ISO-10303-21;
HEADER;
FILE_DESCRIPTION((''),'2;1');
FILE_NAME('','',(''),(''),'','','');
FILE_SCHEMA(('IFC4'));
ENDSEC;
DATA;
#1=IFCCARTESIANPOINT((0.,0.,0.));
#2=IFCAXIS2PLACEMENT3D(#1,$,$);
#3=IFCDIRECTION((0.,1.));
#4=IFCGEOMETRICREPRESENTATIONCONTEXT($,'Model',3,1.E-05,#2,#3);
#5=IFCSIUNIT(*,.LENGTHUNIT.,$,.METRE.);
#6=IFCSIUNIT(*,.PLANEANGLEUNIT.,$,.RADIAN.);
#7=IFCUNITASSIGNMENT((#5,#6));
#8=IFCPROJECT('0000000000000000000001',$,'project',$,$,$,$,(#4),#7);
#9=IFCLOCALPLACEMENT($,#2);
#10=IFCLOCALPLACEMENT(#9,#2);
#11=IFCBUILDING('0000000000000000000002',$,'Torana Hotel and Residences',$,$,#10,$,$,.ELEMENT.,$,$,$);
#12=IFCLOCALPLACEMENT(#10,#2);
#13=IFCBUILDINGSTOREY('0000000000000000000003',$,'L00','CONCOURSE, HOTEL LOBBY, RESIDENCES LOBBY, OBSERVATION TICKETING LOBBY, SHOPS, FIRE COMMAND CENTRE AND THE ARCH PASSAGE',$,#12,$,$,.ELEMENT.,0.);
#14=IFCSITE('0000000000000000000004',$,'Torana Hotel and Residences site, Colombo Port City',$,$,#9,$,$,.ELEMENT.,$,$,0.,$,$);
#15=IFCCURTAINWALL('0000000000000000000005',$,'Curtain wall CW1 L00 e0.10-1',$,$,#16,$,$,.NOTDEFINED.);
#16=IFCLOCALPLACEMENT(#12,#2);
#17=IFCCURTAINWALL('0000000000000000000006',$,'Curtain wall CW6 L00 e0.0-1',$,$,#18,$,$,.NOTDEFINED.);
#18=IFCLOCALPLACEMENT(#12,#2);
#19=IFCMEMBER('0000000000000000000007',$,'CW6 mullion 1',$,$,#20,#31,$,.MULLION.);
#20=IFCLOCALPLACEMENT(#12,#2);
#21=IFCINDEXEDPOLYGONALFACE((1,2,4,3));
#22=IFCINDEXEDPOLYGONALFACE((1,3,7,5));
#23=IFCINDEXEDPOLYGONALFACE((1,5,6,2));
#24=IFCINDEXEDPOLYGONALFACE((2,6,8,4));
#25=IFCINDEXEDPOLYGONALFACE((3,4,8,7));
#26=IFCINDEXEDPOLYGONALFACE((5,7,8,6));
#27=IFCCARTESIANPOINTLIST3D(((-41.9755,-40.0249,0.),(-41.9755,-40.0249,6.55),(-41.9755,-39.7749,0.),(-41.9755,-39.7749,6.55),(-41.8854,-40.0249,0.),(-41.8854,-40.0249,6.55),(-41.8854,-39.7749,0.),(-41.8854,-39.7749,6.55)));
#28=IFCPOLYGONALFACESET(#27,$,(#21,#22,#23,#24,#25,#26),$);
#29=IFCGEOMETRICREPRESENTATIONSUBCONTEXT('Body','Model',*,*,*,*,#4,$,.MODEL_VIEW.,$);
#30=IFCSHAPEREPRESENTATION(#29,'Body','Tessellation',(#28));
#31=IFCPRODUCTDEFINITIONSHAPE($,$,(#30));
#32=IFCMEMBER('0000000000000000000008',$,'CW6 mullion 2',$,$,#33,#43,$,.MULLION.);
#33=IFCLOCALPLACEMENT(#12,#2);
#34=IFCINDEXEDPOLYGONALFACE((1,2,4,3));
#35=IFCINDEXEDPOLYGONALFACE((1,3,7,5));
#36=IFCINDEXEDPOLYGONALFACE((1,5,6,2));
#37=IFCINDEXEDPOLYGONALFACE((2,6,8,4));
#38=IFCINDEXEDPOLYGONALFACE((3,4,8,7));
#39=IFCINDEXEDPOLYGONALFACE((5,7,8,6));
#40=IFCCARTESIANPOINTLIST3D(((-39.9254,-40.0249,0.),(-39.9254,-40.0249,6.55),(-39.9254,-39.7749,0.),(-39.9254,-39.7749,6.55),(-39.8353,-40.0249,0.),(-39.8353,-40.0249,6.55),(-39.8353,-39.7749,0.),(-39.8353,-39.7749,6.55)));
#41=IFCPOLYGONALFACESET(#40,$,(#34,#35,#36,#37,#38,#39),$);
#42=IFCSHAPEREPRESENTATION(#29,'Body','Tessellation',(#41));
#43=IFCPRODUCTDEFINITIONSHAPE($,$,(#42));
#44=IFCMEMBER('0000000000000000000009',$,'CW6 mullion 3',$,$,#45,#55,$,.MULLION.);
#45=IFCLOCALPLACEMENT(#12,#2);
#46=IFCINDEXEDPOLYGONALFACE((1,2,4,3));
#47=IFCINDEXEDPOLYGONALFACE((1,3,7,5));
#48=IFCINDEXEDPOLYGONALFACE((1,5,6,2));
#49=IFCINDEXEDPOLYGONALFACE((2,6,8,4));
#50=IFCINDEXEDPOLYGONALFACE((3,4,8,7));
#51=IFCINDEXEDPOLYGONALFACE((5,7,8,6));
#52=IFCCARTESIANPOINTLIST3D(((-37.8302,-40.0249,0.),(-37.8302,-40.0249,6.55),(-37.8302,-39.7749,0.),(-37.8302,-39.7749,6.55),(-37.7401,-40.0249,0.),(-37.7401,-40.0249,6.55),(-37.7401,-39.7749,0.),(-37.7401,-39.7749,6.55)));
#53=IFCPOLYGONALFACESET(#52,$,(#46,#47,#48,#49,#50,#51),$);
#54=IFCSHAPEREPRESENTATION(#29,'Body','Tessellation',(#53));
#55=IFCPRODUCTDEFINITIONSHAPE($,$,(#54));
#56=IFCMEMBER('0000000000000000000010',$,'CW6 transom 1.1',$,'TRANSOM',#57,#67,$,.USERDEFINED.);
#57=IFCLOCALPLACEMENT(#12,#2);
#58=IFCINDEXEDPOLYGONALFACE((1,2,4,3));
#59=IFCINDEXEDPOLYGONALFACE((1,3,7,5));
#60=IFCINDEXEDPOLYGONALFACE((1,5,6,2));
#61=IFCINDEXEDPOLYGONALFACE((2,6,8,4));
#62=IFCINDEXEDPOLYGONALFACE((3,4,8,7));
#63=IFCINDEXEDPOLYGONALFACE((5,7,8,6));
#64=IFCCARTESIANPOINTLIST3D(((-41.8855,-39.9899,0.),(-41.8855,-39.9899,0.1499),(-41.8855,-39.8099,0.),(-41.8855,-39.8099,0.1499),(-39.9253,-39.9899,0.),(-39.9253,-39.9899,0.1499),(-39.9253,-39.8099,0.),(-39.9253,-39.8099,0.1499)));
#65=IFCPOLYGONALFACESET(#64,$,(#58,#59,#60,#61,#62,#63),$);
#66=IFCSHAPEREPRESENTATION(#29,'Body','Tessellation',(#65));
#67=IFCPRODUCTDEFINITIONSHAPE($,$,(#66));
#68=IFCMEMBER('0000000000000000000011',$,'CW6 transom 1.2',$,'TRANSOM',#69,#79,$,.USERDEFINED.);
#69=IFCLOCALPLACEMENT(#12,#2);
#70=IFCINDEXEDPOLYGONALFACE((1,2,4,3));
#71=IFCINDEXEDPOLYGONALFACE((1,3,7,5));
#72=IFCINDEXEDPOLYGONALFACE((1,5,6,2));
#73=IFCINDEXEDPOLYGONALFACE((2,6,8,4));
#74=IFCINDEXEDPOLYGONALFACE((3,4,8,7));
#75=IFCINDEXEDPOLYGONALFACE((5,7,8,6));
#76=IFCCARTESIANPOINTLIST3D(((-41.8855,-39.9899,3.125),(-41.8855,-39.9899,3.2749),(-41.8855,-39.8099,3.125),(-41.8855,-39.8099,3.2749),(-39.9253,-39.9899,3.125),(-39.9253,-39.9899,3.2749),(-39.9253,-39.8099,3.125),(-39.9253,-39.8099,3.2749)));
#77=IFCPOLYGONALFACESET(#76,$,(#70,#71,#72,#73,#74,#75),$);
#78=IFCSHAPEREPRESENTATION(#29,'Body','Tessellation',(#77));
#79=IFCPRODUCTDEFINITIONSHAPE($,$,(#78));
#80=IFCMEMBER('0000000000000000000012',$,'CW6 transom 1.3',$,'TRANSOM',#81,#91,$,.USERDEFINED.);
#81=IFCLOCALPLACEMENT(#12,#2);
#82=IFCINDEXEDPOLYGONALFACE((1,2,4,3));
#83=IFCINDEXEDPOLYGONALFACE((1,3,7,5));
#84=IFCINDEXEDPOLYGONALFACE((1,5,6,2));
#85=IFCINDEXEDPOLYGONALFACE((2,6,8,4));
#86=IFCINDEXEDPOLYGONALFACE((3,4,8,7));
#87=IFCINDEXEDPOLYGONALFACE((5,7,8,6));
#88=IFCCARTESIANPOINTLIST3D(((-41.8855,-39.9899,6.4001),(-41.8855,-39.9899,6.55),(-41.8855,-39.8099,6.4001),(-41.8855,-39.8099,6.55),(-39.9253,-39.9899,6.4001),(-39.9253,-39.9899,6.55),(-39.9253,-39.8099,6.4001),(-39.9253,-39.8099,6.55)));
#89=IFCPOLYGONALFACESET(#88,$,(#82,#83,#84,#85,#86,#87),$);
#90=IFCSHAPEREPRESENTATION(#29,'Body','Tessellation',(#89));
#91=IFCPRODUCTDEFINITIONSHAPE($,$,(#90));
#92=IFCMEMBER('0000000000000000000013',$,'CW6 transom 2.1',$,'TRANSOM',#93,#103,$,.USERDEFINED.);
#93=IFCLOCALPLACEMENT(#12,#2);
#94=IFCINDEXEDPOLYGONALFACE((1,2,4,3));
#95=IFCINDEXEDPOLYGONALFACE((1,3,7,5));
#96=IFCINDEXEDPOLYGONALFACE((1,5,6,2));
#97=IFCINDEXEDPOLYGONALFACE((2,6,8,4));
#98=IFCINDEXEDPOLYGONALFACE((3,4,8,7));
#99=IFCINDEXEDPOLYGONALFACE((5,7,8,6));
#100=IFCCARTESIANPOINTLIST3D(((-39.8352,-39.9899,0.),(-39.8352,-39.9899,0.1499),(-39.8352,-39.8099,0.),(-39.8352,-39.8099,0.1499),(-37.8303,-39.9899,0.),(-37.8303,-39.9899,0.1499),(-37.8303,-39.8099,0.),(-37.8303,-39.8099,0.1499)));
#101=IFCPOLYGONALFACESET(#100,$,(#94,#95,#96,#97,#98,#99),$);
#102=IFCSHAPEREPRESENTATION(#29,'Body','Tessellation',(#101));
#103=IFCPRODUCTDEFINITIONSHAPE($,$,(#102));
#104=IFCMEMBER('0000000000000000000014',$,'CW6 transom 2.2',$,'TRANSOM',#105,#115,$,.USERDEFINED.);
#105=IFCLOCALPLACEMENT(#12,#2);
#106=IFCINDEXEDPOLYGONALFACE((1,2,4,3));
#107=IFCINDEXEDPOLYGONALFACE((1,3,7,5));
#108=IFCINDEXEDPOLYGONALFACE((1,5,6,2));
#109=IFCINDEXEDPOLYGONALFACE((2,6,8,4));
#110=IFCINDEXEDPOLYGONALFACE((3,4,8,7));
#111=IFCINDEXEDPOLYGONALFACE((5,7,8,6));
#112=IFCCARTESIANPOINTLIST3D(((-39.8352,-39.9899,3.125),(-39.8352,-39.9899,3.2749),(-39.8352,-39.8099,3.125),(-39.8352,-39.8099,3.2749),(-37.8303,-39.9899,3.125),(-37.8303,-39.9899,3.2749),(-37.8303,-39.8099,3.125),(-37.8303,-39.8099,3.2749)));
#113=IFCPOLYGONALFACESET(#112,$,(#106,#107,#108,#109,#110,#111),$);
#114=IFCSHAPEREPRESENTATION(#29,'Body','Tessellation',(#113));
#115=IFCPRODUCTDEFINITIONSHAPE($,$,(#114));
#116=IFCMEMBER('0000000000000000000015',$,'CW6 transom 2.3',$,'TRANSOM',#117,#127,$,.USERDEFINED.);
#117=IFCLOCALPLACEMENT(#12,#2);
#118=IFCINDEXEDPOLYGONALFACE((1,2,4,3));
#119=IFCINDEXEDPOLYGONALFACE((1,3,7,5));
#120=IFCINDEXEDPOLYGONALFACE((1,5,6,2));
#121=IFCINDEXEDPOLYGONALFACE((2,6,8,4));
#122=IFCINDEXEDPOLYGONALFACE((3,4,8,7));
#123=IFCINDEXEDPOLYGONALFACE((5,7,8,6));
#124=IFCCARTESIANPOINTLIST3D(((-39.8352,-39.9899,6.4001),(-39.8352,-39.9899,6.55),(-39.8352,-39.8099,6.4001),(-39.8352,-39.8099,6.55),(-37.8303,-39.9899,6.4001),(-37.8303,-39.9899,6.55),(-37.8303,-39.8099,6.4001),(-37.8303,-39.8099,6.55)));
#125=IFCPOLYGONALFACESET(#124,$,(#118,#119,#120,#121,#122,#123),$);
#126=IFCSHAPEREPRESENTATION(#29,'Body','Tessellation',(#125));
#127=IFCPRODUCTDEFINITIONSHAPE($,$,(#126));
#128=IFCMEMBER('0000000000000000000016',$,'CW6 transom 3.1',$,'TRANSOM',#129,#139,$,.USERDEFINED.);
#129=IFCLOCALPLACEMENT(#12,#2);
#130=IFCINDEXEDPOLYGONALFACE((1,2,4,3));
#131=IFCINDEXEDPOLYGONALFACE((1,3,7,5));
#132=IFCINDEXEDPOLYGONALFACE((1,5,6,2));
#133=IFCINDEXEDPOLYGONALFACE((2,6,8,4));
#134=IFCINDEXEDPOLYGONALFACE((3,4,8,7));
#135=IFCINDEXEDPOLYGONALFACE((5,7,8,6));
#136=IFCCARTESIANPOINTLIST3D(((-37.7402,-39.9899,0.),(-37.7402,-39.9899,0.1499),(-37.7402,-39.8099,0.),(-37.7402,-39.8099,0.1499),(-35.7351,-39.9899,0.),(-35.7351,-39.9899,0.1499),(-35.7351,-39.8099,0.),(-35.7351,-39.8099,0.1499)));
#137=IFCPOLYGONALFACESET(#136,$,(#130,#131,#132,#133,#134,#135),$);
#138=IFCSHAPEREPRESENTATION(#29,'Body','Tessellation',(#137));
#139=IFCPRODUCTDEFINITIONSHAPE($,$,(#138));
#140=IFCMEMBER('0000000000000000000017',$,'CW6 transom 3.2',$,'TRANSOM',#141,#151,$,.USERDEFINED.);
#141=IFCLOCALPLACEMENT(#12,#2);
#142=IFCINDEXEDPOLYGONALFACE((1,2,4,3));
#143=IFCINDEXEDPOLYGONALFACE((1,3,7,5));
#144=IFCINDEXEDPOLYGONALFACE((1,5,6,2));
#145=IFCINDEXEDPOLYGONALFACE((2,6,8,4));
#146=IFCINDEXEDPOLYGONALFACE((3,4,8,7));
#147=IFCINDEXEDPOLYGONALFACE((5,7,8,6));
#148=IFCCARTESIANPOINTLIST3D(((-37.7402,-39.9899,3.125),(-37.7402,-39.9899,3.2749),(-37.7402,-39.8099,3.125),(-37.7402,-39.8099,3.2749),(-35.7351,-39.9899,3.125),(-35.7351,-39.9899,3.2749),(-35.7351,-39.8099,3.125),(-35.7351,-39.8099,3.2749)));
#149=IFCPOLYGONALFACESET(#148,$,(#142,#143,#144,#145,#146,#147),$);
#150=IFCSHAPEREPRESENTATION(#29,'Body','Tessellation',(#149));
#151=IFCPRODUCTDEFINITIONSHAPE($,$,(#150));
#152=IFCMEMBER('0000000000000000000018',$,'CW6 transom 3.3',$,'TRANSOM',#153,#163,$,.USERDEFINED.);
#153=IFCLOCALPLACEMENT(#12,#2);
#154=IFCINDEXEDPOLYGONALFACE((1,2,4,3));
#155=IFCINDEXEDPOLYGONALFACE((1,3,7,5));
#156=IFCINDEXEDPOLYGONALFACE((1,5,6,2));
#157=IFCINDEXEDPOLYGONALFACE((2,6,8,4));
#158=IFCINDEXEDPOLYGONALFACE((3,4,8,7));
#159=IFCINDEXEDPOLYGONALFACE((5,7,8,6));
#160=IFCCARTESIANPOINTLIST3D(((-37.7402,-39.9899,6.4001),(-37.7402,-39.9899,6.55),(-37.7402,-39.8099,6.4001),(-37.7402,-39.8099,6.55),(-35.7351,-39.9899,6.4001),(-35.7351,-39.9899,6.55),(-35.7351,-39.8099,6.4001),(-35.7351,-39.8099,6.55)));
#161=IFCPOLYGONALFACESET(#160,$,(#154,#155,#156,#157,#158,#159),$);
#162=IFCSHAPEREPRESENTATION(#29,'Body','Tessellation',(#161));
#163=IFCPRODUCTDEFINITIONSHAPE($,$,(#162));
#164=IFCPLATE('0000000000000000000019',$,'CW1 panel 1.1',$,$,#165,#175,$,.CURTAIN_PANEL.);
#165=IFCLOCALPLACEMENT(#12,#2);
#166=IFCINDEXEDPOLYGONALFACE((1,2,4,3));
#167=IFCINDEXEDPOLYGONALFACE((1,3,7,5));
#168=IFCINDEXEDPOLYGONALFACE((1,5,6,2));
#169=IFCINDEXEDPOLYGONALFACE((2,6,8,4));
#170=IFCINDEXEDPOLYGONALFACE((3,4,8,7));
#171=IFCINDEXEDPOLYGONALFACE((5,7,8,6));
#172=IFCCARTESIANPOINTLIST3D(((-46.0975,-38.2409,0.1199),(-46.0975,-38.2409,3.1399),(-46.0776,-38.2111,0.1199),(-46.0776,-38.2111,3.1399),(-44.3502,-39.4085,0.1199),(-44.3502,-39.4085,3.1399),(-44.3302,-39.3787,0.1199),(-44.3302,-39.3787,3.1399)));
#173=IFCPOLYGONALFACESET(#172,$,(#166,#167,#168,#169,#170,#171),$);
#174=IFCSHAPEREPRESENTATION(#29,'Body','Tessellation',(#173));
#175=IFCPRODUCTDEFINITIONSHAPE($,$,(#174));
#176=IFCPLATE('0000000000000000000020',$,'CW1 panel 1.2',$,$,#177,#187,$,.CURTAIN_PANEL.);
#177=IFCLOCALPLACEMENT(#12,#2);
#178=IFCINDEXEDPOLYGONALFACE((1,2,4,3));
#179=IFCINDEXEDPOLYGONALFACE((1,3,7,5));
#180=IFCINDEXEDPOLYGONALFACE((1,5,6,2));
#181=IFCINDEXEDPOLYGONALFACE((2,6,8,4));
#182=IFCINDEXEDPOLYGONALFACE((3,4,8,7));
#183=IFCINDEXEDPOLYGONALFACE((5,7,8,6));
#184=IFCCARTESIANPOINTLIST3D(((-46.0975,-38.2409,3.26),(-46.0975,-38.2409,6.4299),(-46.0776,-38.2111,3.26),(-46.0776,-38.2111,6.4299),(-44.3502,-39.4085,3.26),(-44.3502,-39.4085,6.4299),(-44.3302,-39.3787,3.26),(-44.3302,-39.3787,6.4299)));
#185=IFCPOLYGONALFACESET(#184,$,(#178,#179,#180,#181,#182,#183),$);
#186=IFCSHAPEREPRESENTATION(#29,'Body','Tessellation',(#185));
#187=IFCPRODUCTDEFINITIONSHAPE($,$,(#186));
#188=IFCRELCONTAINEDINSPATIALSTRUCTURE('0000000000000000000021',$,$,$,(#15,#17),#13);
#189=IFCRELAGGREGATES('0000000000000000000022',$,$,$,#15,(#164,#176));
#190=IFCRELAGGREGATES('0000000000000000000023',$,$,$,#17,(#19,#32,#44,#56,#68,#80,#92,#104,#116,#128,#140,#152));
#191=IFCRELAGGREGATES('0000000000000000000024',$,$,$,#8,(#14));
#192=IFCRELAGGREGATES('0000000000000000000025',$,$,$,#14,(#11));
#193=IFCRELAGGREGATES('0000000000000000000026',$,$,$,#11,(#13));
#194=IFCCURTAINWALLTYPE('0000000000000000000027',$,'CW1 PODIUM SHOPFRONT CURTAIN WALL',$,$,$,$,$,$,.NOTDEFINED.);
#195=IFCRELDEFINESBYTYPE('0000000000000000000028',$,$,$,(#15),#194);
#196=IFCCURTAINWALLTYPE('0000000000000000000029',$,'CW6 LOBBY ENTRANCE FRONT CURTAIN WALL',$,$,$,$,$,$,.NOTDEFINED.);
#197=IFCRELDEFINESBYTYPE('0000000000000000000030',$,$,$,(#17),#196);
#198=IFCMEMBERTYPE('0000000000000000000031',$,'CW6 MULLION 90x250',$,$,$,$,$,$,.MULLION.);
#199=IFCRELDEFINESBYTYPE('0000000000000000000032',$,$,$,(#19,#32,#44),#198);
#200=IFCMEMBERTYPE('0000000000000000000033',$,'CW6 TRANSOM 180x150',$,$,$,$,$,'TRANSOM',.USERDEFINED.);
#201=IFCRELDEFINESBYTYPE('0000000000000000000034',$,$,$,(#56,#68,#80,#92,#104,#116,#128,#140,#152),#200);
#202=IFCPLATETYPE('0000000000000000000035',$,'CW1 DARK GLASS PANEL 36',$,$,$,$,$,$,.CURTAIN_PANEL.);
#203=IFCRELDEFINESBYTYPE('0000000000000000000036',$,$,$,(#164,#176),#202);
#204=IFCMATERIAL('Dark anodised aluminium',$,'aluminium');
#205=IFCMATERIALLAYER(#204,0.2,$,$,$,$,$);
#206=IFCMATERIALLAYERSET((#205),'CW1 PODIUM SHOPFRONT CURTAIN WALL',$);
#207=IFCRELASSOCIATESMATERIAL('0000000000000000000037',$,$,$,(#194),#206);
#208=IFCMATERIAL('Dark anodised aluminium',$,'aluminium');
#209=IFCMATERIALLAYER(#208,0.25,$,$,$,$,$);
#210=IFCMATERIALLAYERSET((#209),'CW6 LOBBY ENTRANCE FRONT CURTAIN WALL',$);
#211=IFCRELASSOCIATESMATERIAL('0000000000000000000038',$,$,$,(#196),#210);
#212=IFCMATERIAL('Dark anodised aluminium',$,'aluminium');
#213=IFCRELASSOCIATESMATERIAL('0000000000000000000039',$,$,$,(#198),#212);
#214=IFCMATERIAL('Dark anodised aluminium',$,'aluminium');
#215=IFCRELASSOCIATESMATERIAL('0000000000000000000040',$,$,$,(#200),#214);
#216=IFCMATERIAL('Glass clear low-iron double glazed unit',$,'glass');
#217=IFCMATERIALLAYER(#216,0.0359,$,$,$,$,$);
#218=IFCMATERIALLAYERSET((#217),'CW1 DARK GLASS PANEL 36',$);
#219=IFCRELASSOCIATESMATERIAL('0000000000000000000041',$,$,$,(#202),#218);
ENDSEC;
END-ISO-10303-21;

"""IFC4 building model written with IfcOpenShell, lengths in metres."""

from ifc_helpers import new_model, si_unit, direction, frame, origin, origin_2d, place, context, subcontext, project, spatial, rectangle, extrude, material, layer, layer_set, material_profile, profile_set, type_object, element, aggregate, save


model = new_model("IFC4")

# Units and contexts
model_context = context("Model", 3, precision=1e-05, world=origin(), true_north=direction((0.0, 1.0)))
body_context = subcontext(model_context, "Body", "Model", "MODEL_VIEW")
ifc_project = project(units=[si_unit("LENGTHUNIT", "METRE"), si_unit("PLANEANGLEUNIT", "RADIAN")], contexts=[model_context])

# Site, building, storey
site_placement = place(None, origin())
site = spatial("IfcSite", under=ifc_project, at=site_placement, Name="Torana Hotel and Residences site, Colombo Port City", CompositionType="ELEMENT", RefElevation=0.0)
building_placement = place(site_placement, origin())
building = spatial("IfcBuilding", under=site, at=building_placement, Name="Torana Hotel and Residences", CompositionType="ELEMENT")
storey_placement = place(building_placement, origin())
storey = spatial("IfcBuildingStorey", under=building, at=storey_placement, Name="L00", Description="CONCOURSE, HOTEL LOBBY, RESIDENCES LOBBY, OBSERVATION TICKETING LOBBY, SHOPS, FIRE COMMAND CENTRE AND THE ARCH PASSAGE", CompositionType="ELEMENT", Elevation=0.0)

# Curtain wall
ifc_material_1 = material(Name="Dark anodised aluminium", Category="aluminium")
ifc_layer_1 = layer(ifc_material_1, 0.2)
ifc_layer_set_1 = layer_set([ifc_layer_1], Name="CW1 PODIUM SHOPFRONT CURTAIN WALL")
curtain_wall_type_1 = type_object("IfcCurtainWallType", Name="CW1 PODIUM SHOPFRONT CURTAIN WALL", PredefinedType="NOTDEFINED", material=ifc_layer_set_1)
curtain_wall_1_placement = place(storey_placement, origin())
curtain_wall_1 = element("IfcCurtainWall", 1, at=curtain_wall_1_placement, inside=storey, type_object=curtain_wall_type_1, Name="Curtain wall CW1 L00 e0.10-1", PredefinedType="NOTDEFINED")

# Curtain wall, members
ifc_material_2 = material(Name="Dark anodised aluminium", Category="aluminium")
ifc_layer_2 = layer(ifc_material_2, 0.25)
ifc_layer_set_2 = layer_set([ifc_layer_2], Name="CW6 LOBBY ENTRANCE FRONT CURTAIN WALL")
curtain_wall_type_2 = type_object("IfcCurtainWallType", Name="CW6 LOBBY ENTRANCE FRONT CURTAIN WALL", PredefinedType="NOTDEFINED", material=ifc_layer_set_2)
curtain_wall_2_placement = place(storey_placement, origin())
curtain_wall_2 = element("IfcCurtainWall", 2, at=curtain_wall_2_placement, inside=storey, type_object=curtain_wall_type_2, Name="Curtain wall CW6 L00 e0.0-1", PredefinedType="NOTDEFINED")
ifc_material_3 = material(Name="Dark anodised aluminium", Category="aluminium")
ifc_material_profile_1 = material_profile(ifc_material_3, rectangle(XDim=0.25, YDim=0.0901, at=origin_2d()), Name="CW6 MULLION 90x250")
ifc_profile_set_1 = profile_set([ifc_material_profile_1], Name="Dark anodised aluminium")
member_type_1 = type_object("IfcMemberType", Name="CW6 MULLION 90x250", PredefinedType="MULLION", material=ifc_profile_set_1)
member_1_placement = place(storey_placement, frame((-41.9304, -39.8999, 0.0), z_axis=(0.0, 0.0, 1.0), x_axis=(0.0, 1.0, 0.0)))
member_1 = element("IfcMember", 3, at=member_1_placement, type_object=member_type_1, Name="CW6 mullion 1", PredefinedType="MULLION", context=body_context, shape_type="SweptSolid", body=[
    extrude(rectangle(XDim=0.25, YDim=0.0901, at=origin_2d()), origin(), (0.0, 0.0, 1.0), 6.55),
])
member_2_placement = place(storey_placement, frame((-39.8804, -39.8999, 0.0), z_axis=(0.0, 0.0, 1.0), x_axis=(0.0, 1.0, 0.0)))
member_2 = element("IfcMember", 4, at=member_2_placement, type_object=member_type_1, Name="CW6 mullion 2", PredefinedType="MULLION", context=body_context, shape_type="SweptSolid", body=[
    extrude(rectangle(XDim=0.25, YDim=0.0901, at=origin_2d()), origin(), (0.0, 0.0, 1.0), 6.55),
])
member_3_placement = place(storey_placement, frame((-37.7852, -39.8999, 0.0), z_axis=(0.0, 0.0, 1.0), x_axis=(0.0, 1.0, 0.0)))
member_3 = element("IfcMember", 5, at=member_3_placement, type_object=member_type_1, Name="CW6 mullion 3", PredefinedType="MULLION", context=body_context, shape_type="SweptSolid", body=[
    extrude(rectangle(XDim=0.25, YDim=0.0901, at=origin_2d()), origin(), (0.0, 0.0, 1.0), 6.55),
])
ifc_material_4 = material(Name="Dark anodised aluminium", Category="aluminium")
ifc_material_profile_2 = material_profile(ifc_material_4, rectangle(XDim=0.1799, YDim=0.1499, at=origin_2d()), Name="CW6 TRANSOM 180x150")
ifc_profile_set_2 = profile_set([ifc_material_profile_2], Name="Dark anodised aluminium")
member_type_2 = type_object("IfcMemberType", Name="CW6 TRANSOM 180x150", ElementType="TRANSOM", PredefinedType="USERDEFINED", material=ifc_profile_set_2)
member_4_placement = place(storey_placement, frame((-41.8855, -39.8999, 0.075), z_axis=(1.0, 0.0, 0.0), x_axis=(0.0, 1.0, 0.0)))
member_4 = element("IfcMember", 6, at=member_4_placement, type_object=member_type_2, Name="CW6 transom 1.1", ObjectType="TRANSOM", PredefinedType="USERDEFINED", context=body_context, shape_type="SweptSolid", body=[
    extrude(rectangle(XDim=0.1799, YDim=0.1499, at=origin_2d()), origin(), (0.0, 0.0, 1.0), 1.9602),
])
member_5_placement = place(storey_placement, frame((-41.8855, -39.8999, 3.2), z_axis=(1.0, 0.0, 0.0), x_axis=(0.0, 1.0, 0.0)))
member_5 = element("IfcMember", 7, at=member_5_placement, type_object=member_type_2, Name="CW6 transom 1.2", ObjectType="TRANSOM", PredefinedType="USERDEFINED", context=body_context, shape_type="SweptSolid", body=[
    extrude(rectangle(XDim=0.1799, YDim=0.1499, at=origin_2d()), origin(), (0.0, 0.0, 1.0), 1.9602),
])
member_6_placement = place(storey_placement, frame((-41.8855, -39.8999, 6.4751), z_axis=(1.0, 0.0, 0.0), x_axis=(0.0, 1.0, 0.0)))
member_6 = element("IfcMember", 8, at=member_6_placement, type_object=member_type_2, Name="CW6 transom 1.3", ObjectType="TRANSOM", PredefinedType="USERDEFINED", context=body_context, shape_type="SweptSolid", body=[
    extrude(rectangle(XDim=0.1799, YDim=0.1499, at=origin_2d()), origin(), (0.0, 0.0, 1.0), 1.9602),
])
member_7_placement = place(storey_placement, frame((-39.8352, -39.8999, 0.075), z_axis=(1.0, 0.0, 0.0), x_axis=(0.0, 1.0, 0.0)))
member_7 = element("IfcMember", 9, at=member_7_placement, type_object=member_type_2, Name="CW6 transom 2.1", ObjectType="TRANSOM", PredefinedType="USERDEFINED", context=body_context, shape_type="SweptSolid", body=[
    extrude(rectangle(XDim=0.1799, YDim=0.1499, at=origin_2d()), origin(), (0.0, 0.0, 1.0), 2.0049),
])
member_8_placement = place(storey_placement, frame((-39.8352, -39.8999, 3.2), z_axis=(1.0, 0.0, 0.0), x_axis=(0.0, 1.0, 0.0)))
member_8 = element("IfcMember", 10, at=member_8_placement, type_object=member_type_2, Name="CW6 transom 2.2", ObjectType="TRANSOM", PredefinedType="USERDEFINED", context=body_context, shape_type="SweptSolid", body=[
    extrude(rectangle(XDim=0.1799, YDim=0.1499, at=origin_2d()), origin(), (0.0, 0.0, 1.0), 2.0049),
])
member_9_placement = place(storey_placement, frame((-39.8352, -39.8999, 6.4751), z_axis=(1.0, 0.0, 0.0), x_axis=(0.0, 1.0, 0.0)))
member_9 = element("IfcMember", 11, at=member_9_placement, type_object=member_type_2, Name="CW6 transom 2.3", ObjectType="TRANSOM", PredefinedType="USERDEFINED", context=body_context, shape_type="SweptSolid", body=[
    extrude(rectangle(XDim=0.1799, YDim=0.1499, at=origin_2d()), origin(), (0.0, 0.0, 1.0), 2.0049),
])
member_10_placement = place(storey_placement, frame((-37.7402, -39.8999, 0.075), z_axis=(1.0, 0.0, 0.0), x_axis=(0.0, 1.0, 0.0)))
member_10 = element("IfcMember", 12, at=member_10_placement, type_object=member_type_2, Name="CW6 transom 3.1", ObjectType="TRANSOM", PredefinedType="USERDEFINED", context=body_context, shape_type="SweptSolid", body=[
    extrude(rectangle(XDim=0.1799, YDim=0.1499, at=origin_2d()), origin(), (0.0, 0.0, 1.0), 2.0051),
])
member_11_placement = place(storey_placement, frame((-37.7402, -39.8999, 3.2), z_axis=(1.0, 0.0, 0.0), x_axis=(0.0, 1.0, 0.0)))
member_11 = element("IfcMember", 13, at=member_11_placement, type_object=member_type_2, Name="CW6 transom 3.2", ObjectType="TRANSOM", PredefinedType="USERDEFINED", context=body_context, shape_type="SweptSolid", body=[
    extrude(rectangle(XDim=0.1799, YDim=0.1499, at=origin_2d()), origin(), (0.0, 0.0, 1.0), 2.0051),
])
member_12_placement = place(storey_placement, frame((-37.7402, -39.8999, 6.4751), z_axis=(1.0, 0.0, 0.0), x_axis=(0.0, 1.0, 0.0)))
member_12 = element("IfcMember", 14, at=member_12_placement, type_object=member_type_2, Name="CW6 transom 3.3", ObjectType="TRANSOM", PredefinedType="USERDEFINED", context=body_context, shape_type="SweptSolid", body=[
    extrude(rectangle(XDim=0.1799, YDim=0.1499, at=origin_2d()), origin(), (0.0, 0.0, 1.0), 2.0051),
])

# Plates
ifc_material_5 = material(Name="Glass clear low-iron double glazed unit", Category="glass")
ifc_layer_3 = layer(ifc_material_5, 0.0359)
ifc_layer_set_3 = layer_set([ifc_layer_3], Name="CW1 DARK GLASS PANEL 36")
plate_type_1 = type_object("IfcPlateType", Name="CW1 DARK GLASS PANEL 36", PredefinedType="CURTAIN_PANEL", material=ifc_layer_set_3)
plate_1_placement = place(storey_placement, frame((-45.2139, -38.8098, 0.1199), z_axis=(0.0, 0.0, 1.0), x_axis=(0.83146, -0.555585, 0.0)))
plate_1 = element("IfcPlate", 15, at=plate_1_placement, type_object=plate_type_1, Name="CW1 panel 1.1", PredefinedType="CURTAIN_PANEL", context=body_context, shape_type="SweptSolid", body=[
    extrude(rectangle(XDim=2.1016, YDim=0.0359, at=origin_2d()), origin(), (0.0, 0.0, 1.0), 3.02),
])
plate_2_placement = place(storey_placement, frame((-45.2139, -38.8098, 3.26), z_axis=(0.0, 0.0, 1.0), x_axis=(0.83146, -0.555585, 0.0)))
plate_2 = element("IfcPlate", 16, at=plate_2_placement, type_object=plate_type_1, Name="CW1 panel 1.2", PredefinedType="CURTAIN_PANEL", context=body_context, shape_type="SweptSolid", body=[
    extrude(rectangle(XDim=2.1016, YDim=0.0359, at=origin_2d()), origin(), (0.0, 0.0, 1.0), 3.1699),
])
aggregate(curtain_wall_1, [plate_1, plate_2])
aggregate(curtain_wall_2, [member_1, member_2, member_3, member_4, member_5, member_6, member_7, member_8, member_9, member_10, member_11, member_12])

save(model, "model.ifc")
